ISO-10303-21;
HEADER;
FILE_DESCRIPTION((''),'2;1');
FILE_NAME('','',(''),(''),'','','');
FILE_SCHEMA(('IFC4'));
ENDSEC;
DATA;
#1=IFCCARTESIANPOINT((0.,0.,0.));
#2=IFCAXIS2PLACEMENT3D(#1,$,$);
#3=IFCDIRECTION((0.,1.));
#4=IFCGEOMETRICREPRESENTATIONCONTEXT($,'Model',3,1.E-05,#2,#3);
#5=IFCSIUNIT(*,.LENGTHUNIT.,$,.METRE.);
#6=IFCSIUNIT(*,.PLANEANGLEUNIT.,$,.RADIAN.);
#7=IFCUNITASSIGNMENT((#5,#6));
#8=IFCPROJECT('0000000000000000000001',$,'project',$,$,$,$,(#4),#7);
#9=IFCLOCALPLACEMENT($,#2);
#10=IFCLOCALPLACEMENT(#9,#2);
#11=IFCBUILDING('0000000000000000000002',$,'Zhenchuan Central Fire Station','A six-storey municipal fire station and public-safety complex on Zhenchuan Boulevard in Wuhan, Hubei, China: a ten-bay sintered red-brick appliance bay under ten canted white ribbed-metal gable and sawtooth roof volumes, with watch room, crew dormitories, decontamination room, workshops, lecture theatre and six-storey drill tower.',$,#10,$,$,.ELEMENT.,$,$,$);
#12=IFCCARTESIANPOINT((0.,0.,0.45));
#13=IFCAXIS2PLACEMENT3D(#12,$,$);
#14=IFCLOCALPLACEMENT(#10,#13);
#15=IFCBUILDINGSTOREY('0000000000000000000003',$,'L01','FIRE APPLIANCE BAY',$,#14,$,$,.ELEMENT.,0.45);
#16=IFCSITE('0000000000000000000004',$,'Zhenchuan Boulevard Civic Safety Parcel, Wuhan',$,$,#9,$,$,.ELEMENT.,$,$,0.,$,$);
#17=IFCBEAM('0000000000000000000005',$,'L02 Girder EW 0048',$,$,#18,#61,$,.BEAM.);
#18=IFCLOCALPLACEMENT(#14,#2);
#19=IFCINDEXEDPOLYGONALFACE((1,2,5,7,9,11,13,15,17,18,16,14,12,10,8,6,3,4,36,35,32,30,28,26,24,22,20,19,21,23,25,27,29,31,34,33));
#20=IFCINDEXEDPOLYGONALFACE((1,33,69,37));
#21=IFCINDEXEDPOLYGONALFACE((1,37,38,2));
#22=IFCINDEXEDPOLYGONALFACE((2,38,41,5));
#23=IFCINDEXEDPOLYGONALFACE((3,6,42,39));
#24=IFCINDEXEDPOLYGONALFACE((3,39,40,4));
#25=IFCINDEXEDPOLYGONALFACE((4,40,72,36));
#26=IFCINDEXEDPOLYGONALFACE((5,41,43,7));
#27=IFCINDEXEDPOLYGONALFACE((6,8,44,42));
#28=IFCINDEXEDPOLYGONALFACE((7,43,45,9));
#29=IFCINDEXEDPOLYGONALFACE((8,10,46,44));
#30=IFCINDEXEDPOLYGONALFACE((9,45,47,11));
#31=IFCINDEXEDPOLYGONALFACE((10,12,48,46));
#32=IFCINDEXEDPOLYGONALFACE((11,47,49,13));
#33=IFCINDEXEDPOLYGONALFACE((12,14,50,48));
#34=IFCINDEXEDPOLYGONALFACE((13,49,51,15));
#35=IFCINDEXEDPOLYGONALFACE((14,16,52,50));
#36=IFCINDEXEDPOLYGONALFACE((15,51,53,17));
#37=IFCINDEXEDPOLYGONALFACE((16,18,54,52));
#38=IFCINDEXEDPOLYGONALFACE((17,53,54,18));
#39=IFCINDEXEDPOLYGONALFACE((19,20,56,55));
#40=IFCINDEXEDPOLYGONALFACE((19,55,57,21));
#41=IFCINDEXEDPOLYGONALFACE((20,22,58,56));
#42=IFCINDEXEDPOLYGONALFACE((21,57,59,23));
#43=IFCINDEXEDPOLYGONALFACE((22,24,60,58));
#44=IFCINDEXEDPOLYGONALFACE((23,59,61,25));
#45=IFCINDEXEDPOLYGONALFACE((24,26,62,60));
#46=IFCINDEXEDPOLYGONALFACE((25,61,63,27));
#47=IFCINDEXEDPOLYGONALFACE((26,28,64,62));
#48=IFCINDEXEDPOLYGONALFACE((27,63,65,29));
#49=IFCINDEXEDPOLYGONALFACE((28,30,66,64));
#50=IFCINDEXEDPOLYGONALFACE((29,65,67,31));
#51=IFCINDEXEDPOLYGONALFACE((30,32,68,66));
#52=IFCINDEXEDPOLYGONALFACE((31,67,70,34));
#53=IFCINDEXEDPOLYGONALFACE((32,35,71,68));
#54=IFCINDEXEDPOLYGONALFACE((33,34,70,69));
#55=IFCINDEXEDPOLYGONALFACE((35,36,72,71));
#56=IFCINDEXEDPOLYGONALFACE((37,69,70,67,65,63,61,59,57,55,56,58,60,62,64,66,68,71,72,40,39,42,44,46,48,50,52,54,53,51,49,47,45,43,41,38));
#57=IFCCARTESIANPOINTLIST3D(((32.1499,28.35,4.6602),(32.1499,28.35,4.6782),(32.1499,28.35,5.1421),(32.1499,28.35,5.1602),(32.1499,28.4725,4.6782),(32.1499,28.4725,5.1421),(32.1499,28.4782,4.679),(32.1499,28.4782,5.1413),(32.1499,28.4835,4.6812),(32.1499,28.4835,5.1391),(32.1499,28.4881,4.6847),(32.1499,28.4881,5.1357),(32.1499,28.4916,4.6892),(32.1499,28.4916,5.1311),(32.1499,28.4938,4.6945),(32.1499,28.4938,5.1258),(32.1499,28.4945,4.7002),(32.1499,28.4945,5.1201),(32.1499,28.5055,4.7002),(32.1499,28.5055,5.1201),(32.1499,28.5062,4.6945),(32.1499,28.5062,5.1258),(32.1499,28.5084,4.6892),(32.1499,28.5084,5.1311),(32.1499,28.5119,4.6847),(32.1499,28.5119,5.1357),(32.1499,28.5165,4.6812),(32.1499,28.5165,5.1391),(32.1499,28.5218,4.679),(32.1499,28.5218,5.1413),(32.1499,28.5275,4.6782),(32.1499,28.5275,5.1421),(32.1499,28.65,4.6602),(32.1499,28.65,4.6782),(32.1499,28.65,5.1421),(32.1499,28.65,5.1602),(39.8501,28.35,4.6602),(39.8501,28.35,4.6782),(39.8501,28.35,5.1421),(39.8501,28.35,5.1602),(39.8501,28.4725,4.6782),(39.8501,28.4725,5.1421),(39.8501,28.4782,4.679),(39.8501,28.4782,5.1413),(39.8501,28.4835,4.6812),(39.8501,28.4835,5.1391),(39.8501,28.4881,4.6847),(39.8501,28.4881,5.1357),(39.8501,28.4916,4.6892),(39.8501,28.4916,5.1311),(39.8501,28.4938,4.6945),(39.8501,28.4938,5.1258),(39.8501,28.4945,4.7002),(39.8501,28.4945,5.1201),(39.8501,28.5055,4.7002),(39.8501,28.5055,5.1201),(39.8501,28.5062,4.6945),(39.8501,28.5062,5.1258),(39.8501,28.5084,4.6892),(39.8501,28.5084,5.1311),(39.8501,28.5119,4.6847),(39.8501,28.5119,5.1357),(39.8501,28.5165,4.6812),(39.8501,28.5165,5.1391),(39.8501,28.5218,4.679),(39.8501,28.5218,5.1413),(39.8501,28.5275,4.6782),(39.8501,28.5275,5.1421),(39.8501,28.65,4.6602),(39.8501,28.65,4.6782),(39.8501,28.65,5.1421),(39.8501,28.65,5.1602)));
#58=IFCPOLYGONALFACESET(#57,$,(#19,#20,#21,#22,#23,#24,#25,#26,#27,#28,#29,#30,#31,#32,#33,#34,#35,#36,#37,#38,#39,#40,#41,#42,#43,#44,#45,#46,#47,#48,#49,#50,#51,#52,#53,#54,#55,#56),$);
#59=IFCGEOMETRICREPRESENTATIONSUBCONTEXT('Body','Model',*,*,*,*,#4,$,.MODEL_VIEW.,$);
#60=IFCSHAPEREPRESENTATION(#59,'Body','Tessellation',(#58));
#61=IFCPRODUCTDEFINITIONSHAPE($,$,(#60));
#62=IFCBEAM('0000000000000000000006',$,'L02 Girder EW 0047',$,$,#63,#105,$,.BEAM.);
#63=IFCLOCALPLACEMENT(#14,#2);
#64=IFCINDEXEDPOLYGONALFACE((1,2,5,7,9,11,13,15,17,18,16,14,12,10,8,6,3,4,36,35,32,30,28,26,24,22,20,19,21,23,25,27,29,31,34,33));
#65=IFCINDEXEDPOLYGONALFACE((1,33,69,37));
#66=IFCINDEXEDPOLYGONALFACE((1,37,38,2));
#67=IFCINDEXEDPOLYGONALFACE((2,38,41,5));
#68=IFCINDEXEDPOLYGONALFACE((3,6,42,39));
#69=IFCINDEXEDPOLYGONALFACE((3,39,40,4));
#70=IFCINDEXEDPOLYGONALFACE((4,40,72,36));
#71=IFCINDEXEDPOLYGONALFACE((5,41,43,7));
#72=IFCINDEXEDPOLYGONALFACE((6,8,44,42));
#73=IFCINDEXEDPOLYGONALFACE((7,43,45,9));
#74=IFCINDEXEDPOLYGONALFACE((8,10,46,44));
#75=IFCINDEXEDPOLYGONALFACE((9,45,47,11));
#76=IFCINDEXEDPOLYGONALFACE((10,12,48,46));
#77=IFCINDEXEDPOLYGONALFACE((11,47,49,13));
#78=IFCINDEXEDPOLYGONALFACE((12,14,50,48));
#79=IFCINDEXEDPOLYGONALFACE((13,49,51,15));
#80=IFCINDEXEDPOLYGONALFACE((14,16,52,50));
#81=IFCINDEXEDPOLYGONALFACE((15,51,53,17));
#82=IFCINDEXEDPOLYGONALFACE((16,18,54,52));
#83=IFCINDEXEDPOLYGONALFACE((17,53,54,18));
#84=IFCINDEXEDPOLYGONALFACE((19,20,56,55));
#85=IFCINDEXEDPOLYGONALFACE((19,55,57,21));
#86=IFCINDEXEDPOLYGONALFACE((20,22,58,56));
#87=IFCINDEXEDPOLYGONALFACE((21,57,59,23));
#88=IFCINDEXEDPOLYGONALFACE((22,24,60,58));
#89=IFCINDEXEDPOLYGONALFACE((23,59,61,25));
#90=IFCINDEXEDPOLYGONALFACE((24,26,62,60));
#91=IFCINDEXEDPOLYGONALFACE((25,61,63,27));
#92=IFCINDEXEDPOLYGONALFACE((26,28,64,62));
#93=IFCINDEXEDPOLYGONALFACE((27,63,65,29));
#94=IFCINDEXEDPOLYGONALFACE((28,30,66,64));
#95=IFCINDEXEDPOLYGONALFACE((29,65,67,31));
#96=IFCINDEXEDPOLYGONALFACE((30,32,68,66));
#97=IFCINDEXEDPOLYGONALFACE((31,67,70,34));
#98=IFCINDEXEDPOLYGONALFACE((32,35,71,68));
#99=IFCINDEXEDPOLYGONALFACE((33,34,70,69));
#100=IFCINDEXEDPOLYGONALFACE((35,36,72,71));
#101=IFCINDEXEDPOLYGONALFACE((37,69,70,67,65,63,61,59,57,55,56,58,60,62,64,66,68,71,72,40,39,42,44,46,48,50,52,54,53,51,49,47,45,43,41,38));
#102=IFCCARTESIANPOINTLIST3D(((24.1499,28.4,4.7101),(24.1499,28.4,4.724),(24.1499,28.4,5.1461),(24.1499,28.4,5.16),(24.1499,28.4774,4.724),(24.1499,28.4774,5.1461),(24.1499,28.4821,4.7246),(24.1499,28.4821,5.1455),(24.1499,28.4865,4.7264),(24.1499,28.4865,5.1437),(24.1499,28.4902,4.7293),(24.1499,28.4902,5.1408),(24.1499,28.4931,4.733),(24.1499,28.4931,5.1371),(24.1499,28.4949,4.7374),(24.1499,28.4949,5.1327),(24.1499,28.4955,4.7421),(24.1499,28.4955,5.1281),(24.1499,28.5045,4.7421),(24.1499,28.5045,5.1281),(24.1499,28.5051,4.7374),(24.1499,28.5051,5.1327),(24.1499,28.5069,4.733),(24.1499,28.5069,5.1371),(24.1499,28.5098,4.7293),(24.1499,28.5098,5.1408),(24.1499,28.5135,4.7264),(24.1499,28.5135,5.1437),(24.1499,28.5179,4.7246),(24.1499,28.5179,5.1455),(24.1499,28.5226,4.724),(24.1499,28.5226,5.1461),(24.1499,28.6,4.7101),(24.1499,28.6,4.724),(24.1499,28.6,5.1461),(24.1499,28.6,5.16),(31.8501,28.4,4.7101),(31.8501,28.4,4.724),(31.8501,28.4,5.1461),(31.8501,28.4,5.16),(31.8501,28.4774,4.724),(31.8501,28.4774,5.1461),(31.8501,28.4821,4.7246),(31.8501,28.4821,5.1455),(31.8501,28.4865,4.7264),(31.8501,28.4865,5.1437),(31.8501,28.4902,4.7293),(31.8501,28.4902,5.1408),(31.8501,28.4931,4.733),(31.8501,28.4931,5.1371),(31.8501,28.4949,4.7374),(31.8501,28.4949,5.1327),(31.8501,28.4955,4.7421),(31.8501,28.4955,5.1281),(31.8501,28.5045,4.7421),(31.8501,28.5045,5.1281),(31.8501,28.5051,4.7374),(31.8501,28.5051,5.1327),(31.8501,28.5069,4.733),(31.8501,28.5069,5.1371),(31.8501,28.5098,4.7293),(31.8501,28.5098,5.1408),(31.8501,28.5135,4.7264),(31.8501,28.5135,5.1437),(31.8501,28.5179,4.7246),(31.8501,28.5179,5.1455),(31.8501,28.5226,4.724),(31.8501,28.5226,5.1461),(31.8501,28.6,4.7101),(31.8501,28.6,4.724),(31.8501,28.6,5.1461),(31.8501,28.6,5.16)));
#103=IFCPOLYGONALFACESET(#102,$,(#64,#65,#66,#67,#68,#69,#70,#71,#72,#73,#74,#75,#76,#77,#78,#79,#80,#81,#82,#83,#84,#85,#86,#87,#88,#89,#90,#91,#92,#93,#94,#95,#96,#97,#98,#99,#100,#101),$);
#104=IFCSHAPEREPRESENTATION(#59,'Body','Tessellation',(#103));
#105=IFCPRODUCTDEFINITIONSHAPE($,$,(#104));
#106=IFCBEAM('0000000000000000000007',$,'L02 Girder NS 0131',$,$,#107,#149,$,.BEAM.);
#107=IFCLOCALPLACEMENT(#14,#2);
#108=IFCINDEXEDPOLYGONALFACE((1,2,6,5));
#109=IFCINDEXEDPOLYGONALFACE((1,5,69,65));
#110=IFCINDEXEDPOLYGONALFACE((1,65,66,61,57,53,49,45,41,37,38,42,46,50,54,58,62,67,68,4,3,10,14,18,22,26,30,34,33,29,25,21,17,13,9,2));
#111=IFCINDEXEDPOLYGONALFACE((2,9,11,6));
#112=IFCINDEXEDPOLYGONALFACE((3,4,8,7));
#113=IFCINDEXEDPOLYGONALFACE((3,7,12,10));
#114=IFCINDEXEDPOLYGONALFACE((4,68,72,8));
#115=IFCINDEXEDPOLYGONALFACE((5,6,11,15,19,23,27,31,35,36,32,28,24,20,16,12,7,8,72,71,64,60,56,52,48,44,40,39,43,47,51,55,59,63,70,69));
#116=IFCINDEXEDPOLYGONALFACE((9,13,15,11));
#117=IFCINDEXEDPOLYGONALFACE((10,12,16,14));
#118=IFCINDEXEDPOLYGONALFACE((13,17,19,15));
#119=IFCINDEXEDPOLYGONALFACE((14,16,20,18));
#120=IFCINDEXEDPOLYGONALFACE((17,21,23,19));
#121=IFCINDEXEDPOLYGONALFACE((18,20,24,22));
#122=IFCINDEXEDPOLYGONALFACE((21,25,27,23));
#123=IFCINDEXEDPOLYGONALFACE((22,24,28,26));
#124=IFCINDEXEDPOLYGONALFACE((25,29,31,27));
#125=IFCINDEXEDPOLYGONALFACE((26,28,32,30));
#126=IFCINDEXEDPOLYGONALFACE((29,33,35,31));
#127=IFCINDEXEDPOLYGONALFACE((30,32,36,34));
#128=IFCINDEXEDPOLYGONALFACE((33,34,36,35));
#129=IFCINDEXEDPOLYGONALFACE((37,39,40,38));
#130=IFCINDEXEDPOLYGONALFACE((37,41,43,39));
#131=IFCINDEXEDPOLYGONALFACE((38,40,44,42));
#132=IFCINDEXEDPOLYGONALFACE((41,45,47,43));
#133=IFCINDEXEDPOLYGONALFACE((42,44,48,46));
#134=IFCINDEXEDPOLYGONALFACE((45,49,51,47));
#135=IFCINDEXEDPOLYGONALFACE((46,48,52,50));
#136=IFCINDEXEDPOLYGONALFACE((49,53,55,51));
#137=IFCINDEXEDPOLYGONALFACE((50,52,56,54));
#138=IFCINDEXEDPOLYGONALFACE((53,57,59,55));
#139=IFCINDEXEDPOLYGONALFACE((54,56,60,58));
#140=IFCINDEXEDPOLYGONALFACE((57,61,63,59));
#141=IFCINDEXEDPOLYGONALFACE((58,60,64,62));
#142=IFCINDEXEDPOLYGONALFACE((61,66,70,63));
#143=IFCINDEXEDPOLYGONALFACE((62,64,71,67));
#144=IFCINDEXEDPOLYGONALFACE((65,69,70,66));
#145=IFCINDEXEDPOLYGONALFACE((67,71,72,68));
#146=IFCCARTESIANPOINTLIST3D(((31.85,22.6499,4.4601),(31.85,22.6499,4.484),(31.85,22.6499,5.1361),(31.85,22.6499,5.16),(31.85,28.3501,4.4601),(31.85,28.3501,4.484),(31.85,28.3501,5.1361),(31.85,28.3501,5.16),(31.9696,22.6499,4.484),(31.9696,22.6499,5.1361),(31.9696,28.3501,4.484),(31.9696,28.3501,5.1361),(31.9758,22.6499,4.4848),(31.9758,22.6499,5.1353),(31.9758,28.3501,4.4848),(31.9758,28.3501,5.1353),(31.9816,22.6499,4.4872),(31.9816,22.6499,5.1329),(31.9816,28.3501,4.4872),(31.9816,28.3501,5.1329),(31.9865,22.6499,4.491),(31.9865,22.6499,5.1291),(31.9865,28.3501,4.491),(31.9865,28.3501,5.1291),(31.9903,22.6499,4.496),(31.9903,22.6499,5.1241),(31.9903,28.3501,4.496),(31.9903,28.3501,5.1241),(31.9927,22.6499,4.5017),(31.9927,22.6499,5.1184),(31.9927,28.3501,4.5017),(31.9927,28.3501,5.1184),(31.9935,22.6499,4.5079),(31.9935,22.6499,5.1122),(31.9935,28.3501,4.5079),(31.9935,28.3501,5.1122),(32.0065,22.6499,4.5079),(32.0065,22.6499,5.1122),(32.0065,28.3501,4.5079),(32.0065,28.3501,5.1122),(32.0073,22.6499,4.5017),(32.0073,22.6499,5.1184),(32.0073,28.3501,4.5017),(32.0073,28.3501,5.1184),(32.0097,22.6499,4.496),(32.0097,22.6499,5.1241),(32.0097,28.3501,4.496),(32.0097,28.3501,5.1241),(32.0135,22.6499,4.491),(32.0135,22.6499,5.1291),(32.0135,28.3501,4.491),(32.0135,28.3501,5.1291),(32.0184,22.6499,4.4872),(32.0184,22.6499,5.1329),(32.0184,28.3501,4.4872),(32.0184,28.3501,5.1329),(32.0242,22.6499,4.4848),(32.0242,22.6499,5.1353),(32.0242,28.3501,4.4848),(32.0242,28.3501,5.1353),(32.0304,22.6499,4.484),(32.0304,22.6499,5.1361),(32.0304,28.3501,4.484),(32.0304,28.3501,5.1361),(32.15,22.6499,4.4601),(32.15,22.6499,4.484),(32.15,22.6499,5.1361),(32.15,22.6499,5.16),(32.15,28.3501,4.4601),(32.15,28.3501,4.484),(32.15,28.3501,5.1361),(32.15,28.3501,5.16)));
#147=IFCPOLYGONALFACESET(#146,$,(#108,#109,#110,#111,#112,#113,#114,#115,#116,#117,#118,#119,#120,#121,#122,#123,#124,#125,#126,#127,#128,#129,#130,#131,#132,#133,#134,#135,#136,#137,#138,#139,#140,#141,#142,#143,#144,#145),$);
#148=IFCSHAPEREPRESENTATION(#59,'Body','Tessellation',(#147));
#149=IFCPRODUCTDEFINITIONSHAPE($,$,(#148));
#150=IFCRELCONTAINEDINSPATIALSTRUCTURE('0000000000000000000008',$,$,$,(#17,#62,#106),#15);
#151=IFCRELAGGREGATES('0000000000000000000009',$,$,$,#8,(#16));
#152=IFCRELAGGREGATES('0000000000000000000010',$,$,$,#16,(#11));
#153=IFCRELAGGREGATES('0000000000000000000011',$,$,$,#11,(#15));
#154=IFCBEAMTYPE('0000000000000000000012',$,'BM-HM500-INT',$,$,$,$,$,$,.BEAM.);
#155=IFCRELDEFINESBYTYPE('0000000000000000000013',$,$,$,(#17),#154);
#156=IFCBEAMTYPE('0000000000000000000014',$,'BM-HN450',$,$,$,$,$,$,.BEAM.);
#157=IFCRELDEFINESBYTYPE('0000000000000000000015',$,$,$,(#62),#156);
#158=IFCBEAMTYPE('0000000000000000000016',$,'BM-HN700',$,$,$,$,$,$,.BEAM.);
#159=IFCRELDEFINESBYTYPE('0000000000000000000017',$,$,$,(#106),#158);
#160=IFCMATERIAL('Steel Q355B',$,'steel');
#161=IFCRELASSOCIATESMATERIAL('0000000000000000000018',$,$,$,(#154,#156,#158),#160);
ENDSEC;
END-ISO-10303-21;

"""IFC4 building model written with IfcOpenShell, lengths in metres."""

from ifc_helpers import new_model, si_unit, direction, frame, origin, origin_2d, place, context, subcontext, project, spatial, i_section, extrude, material, material_profile, profile_set, type_object, element, save


model = new_model("IFC4")

# Units and contexts
model_context = context("Model", 3, precision=1e-05, world=origin(), true_north=direction((0.0, 1.0)))
body_context = subcontext(model_context, "Body", "Model", "MODEL_VIEW")
ifc_project = project(units=[si_unit("LENGTHUNIT", "METRE"), si_unit("PLANEANGLEUNIT", "RADIAN")], contexts=[model_context])

# Site, building, storey
site_placement = place(None, origin())
site = spatial("IfcSite", under=ifc_project, at=site_placement, Name="Zhenchuan Boulevard Civic Safety Parcel, Wuhan", CompositionType="ELEMENT", RefElevation=0.0)
building_placement = place(site_placement, origin())
building = spatial("IfcBuilding", under=site, at=building_placement, Name="Zhenchuan Central Fire Station", Description="A six-storey municipal fire station and public-safety complex on Zhenchuan Boulevard in Wuhan, Hubei, China: a ten-bay sintered red-brick appliance bay under ten canted white ribbed-metal gable and sawtooth roof volumes, with watch room, crew dormitories, decontamination room, workshops, lecture theatre and six-storey drill tower.", CompositionType="ELEMENT")
storey_placement = place(building_placement, frame((0.0, 0.0, 0.45)))
storey = spatial("IfcBuildingStorey", under=building, at=storey_placement, Name="L01", Description="FIRE APPLIANCE BAY", CompositionType="ELEMENT", Elevation=0.45)

# Shared definitions
ifc_material_1 = material(Name="Steel Q355B", Category="steel")

# Beams
ifc_material_profile_1 = material_profile(ifc_material_1, i_section(OverallWidth=0.3, OverallDepth=0.5, WebThickness=0.011, FlangeThickness=0.0181, FilletRadius=0.022, at=origin_2d()), Name="HM 500x300")
ifc_profile_set_1 = profile_set([ifc_material_profile_1], Name="Steel Q355B")
beam_type_1 = type_object("IfcBeamType", Name="BM-HM500-INT", PredefinedType="BEAM", material=ifc_profile_set_1)
beam_1_placement = place(storey_placement, frame((32.1499, 28.5, 4.9102), z_axis=(1.0, 0.0, 0.0), x_axis=(0.0, 1.0, 0.0)))
element("IfcBeam", 1, at=beam_1_placement, inside=storey, type_object=beam_type_1, Name="L02 Girder EW 0048", PredefinedType="BEAM", context=body_context, shape_type="SweptSolid", body=[
    extrude(i_section(OverallWidth=0.3, OverallDepth=0.5, WebThickness=0.011, FlangeThickness=0.0181, FilletRadius=0.022, at=origin_2d()), origin(), (0.0, 0.0, 1.0), 7.7002),
])
ifc_material_profile_2 = material_profile(ifc_material_1, i_section(OverallWidth=0.2, OverallDepth=0.45, WebThickness=0.009, FlangeThickness=0.0139, FilletRadius=0.0181, at=origin_2d()), Name="HN 450x200")
ifc_profile_set_2 = profile_set([ifc_material_profile_2], Name="Steel Q355B")
beam_type_2 = type_object("IfcBeamType", Name="BM-HN450", PredefinedType="BEAM", material=ifc_profile_set_2)
beam_2_placement = place(storey_placement, frame((24.1499, 28.5, 4.9351), z_axis=(1.0, 0.0, 0.0), x_axis=(0.0, 1.0, 0.0)))
element("IfcBeam", 2, at=beam_2_placement, inside=storey, type_object=beam_type_2, Name="L02 Girder EW 0047", PredefinedType="BEAM", context=body_context, shape_type="SweptSolid", body=[
    extrude(i_section(OverallWidth=0.2, OverallDepth=0.45, WebThickness=0.009, FlangeThickness=0.0139, FilletRadius=0.0181, at=origin_2d()), origin(), (0.0, 0.0, 1.0), 7.7002),
])
ifc_material_profile_3 = material_profile(ifc_material_1, i_section(OverallWidth=0.3, OverallDepth=0.7, WebThickness=0.0129, FlangeThickness=0.0239, FilletRadius=0.0239, at=origin_2d()), Name="HN 700x300")
ifc_profile_set_3 = profile_set([ifc_material_profile_3], Name="Steel Q355B")
beam_type_3 = type_object("IfcBeamType", Name="BM-HN700", PredefinedType="BEAM", material=ifc_profile_set_3)
beam_3_placement = place(storey_placement, frame((32.0, 22.6499, 4.8101), z_axis=(0.0, 1.0, 0.0), x_axis=(-1.0, 0.0, 0.0)))
element("IfcBeam", 3, at=beam_3_placement, inside=storey, type_object=beam_type_3, Name="L02 Girder NS 0131", PredefinedType="BEAM", context=body_context, shape_type="SweptSolid", body=[
    extrude(i_section(OverallWidth=0.3, OverallDepth=0.7, WebThickness=0.0129, FlangeThickness=0.0239, FilletRadius=0.0239, at=origin_2d()), origin(), (0.0, 0.0, 1.0), 5.7002),
])

save(model, "model.ifc")
